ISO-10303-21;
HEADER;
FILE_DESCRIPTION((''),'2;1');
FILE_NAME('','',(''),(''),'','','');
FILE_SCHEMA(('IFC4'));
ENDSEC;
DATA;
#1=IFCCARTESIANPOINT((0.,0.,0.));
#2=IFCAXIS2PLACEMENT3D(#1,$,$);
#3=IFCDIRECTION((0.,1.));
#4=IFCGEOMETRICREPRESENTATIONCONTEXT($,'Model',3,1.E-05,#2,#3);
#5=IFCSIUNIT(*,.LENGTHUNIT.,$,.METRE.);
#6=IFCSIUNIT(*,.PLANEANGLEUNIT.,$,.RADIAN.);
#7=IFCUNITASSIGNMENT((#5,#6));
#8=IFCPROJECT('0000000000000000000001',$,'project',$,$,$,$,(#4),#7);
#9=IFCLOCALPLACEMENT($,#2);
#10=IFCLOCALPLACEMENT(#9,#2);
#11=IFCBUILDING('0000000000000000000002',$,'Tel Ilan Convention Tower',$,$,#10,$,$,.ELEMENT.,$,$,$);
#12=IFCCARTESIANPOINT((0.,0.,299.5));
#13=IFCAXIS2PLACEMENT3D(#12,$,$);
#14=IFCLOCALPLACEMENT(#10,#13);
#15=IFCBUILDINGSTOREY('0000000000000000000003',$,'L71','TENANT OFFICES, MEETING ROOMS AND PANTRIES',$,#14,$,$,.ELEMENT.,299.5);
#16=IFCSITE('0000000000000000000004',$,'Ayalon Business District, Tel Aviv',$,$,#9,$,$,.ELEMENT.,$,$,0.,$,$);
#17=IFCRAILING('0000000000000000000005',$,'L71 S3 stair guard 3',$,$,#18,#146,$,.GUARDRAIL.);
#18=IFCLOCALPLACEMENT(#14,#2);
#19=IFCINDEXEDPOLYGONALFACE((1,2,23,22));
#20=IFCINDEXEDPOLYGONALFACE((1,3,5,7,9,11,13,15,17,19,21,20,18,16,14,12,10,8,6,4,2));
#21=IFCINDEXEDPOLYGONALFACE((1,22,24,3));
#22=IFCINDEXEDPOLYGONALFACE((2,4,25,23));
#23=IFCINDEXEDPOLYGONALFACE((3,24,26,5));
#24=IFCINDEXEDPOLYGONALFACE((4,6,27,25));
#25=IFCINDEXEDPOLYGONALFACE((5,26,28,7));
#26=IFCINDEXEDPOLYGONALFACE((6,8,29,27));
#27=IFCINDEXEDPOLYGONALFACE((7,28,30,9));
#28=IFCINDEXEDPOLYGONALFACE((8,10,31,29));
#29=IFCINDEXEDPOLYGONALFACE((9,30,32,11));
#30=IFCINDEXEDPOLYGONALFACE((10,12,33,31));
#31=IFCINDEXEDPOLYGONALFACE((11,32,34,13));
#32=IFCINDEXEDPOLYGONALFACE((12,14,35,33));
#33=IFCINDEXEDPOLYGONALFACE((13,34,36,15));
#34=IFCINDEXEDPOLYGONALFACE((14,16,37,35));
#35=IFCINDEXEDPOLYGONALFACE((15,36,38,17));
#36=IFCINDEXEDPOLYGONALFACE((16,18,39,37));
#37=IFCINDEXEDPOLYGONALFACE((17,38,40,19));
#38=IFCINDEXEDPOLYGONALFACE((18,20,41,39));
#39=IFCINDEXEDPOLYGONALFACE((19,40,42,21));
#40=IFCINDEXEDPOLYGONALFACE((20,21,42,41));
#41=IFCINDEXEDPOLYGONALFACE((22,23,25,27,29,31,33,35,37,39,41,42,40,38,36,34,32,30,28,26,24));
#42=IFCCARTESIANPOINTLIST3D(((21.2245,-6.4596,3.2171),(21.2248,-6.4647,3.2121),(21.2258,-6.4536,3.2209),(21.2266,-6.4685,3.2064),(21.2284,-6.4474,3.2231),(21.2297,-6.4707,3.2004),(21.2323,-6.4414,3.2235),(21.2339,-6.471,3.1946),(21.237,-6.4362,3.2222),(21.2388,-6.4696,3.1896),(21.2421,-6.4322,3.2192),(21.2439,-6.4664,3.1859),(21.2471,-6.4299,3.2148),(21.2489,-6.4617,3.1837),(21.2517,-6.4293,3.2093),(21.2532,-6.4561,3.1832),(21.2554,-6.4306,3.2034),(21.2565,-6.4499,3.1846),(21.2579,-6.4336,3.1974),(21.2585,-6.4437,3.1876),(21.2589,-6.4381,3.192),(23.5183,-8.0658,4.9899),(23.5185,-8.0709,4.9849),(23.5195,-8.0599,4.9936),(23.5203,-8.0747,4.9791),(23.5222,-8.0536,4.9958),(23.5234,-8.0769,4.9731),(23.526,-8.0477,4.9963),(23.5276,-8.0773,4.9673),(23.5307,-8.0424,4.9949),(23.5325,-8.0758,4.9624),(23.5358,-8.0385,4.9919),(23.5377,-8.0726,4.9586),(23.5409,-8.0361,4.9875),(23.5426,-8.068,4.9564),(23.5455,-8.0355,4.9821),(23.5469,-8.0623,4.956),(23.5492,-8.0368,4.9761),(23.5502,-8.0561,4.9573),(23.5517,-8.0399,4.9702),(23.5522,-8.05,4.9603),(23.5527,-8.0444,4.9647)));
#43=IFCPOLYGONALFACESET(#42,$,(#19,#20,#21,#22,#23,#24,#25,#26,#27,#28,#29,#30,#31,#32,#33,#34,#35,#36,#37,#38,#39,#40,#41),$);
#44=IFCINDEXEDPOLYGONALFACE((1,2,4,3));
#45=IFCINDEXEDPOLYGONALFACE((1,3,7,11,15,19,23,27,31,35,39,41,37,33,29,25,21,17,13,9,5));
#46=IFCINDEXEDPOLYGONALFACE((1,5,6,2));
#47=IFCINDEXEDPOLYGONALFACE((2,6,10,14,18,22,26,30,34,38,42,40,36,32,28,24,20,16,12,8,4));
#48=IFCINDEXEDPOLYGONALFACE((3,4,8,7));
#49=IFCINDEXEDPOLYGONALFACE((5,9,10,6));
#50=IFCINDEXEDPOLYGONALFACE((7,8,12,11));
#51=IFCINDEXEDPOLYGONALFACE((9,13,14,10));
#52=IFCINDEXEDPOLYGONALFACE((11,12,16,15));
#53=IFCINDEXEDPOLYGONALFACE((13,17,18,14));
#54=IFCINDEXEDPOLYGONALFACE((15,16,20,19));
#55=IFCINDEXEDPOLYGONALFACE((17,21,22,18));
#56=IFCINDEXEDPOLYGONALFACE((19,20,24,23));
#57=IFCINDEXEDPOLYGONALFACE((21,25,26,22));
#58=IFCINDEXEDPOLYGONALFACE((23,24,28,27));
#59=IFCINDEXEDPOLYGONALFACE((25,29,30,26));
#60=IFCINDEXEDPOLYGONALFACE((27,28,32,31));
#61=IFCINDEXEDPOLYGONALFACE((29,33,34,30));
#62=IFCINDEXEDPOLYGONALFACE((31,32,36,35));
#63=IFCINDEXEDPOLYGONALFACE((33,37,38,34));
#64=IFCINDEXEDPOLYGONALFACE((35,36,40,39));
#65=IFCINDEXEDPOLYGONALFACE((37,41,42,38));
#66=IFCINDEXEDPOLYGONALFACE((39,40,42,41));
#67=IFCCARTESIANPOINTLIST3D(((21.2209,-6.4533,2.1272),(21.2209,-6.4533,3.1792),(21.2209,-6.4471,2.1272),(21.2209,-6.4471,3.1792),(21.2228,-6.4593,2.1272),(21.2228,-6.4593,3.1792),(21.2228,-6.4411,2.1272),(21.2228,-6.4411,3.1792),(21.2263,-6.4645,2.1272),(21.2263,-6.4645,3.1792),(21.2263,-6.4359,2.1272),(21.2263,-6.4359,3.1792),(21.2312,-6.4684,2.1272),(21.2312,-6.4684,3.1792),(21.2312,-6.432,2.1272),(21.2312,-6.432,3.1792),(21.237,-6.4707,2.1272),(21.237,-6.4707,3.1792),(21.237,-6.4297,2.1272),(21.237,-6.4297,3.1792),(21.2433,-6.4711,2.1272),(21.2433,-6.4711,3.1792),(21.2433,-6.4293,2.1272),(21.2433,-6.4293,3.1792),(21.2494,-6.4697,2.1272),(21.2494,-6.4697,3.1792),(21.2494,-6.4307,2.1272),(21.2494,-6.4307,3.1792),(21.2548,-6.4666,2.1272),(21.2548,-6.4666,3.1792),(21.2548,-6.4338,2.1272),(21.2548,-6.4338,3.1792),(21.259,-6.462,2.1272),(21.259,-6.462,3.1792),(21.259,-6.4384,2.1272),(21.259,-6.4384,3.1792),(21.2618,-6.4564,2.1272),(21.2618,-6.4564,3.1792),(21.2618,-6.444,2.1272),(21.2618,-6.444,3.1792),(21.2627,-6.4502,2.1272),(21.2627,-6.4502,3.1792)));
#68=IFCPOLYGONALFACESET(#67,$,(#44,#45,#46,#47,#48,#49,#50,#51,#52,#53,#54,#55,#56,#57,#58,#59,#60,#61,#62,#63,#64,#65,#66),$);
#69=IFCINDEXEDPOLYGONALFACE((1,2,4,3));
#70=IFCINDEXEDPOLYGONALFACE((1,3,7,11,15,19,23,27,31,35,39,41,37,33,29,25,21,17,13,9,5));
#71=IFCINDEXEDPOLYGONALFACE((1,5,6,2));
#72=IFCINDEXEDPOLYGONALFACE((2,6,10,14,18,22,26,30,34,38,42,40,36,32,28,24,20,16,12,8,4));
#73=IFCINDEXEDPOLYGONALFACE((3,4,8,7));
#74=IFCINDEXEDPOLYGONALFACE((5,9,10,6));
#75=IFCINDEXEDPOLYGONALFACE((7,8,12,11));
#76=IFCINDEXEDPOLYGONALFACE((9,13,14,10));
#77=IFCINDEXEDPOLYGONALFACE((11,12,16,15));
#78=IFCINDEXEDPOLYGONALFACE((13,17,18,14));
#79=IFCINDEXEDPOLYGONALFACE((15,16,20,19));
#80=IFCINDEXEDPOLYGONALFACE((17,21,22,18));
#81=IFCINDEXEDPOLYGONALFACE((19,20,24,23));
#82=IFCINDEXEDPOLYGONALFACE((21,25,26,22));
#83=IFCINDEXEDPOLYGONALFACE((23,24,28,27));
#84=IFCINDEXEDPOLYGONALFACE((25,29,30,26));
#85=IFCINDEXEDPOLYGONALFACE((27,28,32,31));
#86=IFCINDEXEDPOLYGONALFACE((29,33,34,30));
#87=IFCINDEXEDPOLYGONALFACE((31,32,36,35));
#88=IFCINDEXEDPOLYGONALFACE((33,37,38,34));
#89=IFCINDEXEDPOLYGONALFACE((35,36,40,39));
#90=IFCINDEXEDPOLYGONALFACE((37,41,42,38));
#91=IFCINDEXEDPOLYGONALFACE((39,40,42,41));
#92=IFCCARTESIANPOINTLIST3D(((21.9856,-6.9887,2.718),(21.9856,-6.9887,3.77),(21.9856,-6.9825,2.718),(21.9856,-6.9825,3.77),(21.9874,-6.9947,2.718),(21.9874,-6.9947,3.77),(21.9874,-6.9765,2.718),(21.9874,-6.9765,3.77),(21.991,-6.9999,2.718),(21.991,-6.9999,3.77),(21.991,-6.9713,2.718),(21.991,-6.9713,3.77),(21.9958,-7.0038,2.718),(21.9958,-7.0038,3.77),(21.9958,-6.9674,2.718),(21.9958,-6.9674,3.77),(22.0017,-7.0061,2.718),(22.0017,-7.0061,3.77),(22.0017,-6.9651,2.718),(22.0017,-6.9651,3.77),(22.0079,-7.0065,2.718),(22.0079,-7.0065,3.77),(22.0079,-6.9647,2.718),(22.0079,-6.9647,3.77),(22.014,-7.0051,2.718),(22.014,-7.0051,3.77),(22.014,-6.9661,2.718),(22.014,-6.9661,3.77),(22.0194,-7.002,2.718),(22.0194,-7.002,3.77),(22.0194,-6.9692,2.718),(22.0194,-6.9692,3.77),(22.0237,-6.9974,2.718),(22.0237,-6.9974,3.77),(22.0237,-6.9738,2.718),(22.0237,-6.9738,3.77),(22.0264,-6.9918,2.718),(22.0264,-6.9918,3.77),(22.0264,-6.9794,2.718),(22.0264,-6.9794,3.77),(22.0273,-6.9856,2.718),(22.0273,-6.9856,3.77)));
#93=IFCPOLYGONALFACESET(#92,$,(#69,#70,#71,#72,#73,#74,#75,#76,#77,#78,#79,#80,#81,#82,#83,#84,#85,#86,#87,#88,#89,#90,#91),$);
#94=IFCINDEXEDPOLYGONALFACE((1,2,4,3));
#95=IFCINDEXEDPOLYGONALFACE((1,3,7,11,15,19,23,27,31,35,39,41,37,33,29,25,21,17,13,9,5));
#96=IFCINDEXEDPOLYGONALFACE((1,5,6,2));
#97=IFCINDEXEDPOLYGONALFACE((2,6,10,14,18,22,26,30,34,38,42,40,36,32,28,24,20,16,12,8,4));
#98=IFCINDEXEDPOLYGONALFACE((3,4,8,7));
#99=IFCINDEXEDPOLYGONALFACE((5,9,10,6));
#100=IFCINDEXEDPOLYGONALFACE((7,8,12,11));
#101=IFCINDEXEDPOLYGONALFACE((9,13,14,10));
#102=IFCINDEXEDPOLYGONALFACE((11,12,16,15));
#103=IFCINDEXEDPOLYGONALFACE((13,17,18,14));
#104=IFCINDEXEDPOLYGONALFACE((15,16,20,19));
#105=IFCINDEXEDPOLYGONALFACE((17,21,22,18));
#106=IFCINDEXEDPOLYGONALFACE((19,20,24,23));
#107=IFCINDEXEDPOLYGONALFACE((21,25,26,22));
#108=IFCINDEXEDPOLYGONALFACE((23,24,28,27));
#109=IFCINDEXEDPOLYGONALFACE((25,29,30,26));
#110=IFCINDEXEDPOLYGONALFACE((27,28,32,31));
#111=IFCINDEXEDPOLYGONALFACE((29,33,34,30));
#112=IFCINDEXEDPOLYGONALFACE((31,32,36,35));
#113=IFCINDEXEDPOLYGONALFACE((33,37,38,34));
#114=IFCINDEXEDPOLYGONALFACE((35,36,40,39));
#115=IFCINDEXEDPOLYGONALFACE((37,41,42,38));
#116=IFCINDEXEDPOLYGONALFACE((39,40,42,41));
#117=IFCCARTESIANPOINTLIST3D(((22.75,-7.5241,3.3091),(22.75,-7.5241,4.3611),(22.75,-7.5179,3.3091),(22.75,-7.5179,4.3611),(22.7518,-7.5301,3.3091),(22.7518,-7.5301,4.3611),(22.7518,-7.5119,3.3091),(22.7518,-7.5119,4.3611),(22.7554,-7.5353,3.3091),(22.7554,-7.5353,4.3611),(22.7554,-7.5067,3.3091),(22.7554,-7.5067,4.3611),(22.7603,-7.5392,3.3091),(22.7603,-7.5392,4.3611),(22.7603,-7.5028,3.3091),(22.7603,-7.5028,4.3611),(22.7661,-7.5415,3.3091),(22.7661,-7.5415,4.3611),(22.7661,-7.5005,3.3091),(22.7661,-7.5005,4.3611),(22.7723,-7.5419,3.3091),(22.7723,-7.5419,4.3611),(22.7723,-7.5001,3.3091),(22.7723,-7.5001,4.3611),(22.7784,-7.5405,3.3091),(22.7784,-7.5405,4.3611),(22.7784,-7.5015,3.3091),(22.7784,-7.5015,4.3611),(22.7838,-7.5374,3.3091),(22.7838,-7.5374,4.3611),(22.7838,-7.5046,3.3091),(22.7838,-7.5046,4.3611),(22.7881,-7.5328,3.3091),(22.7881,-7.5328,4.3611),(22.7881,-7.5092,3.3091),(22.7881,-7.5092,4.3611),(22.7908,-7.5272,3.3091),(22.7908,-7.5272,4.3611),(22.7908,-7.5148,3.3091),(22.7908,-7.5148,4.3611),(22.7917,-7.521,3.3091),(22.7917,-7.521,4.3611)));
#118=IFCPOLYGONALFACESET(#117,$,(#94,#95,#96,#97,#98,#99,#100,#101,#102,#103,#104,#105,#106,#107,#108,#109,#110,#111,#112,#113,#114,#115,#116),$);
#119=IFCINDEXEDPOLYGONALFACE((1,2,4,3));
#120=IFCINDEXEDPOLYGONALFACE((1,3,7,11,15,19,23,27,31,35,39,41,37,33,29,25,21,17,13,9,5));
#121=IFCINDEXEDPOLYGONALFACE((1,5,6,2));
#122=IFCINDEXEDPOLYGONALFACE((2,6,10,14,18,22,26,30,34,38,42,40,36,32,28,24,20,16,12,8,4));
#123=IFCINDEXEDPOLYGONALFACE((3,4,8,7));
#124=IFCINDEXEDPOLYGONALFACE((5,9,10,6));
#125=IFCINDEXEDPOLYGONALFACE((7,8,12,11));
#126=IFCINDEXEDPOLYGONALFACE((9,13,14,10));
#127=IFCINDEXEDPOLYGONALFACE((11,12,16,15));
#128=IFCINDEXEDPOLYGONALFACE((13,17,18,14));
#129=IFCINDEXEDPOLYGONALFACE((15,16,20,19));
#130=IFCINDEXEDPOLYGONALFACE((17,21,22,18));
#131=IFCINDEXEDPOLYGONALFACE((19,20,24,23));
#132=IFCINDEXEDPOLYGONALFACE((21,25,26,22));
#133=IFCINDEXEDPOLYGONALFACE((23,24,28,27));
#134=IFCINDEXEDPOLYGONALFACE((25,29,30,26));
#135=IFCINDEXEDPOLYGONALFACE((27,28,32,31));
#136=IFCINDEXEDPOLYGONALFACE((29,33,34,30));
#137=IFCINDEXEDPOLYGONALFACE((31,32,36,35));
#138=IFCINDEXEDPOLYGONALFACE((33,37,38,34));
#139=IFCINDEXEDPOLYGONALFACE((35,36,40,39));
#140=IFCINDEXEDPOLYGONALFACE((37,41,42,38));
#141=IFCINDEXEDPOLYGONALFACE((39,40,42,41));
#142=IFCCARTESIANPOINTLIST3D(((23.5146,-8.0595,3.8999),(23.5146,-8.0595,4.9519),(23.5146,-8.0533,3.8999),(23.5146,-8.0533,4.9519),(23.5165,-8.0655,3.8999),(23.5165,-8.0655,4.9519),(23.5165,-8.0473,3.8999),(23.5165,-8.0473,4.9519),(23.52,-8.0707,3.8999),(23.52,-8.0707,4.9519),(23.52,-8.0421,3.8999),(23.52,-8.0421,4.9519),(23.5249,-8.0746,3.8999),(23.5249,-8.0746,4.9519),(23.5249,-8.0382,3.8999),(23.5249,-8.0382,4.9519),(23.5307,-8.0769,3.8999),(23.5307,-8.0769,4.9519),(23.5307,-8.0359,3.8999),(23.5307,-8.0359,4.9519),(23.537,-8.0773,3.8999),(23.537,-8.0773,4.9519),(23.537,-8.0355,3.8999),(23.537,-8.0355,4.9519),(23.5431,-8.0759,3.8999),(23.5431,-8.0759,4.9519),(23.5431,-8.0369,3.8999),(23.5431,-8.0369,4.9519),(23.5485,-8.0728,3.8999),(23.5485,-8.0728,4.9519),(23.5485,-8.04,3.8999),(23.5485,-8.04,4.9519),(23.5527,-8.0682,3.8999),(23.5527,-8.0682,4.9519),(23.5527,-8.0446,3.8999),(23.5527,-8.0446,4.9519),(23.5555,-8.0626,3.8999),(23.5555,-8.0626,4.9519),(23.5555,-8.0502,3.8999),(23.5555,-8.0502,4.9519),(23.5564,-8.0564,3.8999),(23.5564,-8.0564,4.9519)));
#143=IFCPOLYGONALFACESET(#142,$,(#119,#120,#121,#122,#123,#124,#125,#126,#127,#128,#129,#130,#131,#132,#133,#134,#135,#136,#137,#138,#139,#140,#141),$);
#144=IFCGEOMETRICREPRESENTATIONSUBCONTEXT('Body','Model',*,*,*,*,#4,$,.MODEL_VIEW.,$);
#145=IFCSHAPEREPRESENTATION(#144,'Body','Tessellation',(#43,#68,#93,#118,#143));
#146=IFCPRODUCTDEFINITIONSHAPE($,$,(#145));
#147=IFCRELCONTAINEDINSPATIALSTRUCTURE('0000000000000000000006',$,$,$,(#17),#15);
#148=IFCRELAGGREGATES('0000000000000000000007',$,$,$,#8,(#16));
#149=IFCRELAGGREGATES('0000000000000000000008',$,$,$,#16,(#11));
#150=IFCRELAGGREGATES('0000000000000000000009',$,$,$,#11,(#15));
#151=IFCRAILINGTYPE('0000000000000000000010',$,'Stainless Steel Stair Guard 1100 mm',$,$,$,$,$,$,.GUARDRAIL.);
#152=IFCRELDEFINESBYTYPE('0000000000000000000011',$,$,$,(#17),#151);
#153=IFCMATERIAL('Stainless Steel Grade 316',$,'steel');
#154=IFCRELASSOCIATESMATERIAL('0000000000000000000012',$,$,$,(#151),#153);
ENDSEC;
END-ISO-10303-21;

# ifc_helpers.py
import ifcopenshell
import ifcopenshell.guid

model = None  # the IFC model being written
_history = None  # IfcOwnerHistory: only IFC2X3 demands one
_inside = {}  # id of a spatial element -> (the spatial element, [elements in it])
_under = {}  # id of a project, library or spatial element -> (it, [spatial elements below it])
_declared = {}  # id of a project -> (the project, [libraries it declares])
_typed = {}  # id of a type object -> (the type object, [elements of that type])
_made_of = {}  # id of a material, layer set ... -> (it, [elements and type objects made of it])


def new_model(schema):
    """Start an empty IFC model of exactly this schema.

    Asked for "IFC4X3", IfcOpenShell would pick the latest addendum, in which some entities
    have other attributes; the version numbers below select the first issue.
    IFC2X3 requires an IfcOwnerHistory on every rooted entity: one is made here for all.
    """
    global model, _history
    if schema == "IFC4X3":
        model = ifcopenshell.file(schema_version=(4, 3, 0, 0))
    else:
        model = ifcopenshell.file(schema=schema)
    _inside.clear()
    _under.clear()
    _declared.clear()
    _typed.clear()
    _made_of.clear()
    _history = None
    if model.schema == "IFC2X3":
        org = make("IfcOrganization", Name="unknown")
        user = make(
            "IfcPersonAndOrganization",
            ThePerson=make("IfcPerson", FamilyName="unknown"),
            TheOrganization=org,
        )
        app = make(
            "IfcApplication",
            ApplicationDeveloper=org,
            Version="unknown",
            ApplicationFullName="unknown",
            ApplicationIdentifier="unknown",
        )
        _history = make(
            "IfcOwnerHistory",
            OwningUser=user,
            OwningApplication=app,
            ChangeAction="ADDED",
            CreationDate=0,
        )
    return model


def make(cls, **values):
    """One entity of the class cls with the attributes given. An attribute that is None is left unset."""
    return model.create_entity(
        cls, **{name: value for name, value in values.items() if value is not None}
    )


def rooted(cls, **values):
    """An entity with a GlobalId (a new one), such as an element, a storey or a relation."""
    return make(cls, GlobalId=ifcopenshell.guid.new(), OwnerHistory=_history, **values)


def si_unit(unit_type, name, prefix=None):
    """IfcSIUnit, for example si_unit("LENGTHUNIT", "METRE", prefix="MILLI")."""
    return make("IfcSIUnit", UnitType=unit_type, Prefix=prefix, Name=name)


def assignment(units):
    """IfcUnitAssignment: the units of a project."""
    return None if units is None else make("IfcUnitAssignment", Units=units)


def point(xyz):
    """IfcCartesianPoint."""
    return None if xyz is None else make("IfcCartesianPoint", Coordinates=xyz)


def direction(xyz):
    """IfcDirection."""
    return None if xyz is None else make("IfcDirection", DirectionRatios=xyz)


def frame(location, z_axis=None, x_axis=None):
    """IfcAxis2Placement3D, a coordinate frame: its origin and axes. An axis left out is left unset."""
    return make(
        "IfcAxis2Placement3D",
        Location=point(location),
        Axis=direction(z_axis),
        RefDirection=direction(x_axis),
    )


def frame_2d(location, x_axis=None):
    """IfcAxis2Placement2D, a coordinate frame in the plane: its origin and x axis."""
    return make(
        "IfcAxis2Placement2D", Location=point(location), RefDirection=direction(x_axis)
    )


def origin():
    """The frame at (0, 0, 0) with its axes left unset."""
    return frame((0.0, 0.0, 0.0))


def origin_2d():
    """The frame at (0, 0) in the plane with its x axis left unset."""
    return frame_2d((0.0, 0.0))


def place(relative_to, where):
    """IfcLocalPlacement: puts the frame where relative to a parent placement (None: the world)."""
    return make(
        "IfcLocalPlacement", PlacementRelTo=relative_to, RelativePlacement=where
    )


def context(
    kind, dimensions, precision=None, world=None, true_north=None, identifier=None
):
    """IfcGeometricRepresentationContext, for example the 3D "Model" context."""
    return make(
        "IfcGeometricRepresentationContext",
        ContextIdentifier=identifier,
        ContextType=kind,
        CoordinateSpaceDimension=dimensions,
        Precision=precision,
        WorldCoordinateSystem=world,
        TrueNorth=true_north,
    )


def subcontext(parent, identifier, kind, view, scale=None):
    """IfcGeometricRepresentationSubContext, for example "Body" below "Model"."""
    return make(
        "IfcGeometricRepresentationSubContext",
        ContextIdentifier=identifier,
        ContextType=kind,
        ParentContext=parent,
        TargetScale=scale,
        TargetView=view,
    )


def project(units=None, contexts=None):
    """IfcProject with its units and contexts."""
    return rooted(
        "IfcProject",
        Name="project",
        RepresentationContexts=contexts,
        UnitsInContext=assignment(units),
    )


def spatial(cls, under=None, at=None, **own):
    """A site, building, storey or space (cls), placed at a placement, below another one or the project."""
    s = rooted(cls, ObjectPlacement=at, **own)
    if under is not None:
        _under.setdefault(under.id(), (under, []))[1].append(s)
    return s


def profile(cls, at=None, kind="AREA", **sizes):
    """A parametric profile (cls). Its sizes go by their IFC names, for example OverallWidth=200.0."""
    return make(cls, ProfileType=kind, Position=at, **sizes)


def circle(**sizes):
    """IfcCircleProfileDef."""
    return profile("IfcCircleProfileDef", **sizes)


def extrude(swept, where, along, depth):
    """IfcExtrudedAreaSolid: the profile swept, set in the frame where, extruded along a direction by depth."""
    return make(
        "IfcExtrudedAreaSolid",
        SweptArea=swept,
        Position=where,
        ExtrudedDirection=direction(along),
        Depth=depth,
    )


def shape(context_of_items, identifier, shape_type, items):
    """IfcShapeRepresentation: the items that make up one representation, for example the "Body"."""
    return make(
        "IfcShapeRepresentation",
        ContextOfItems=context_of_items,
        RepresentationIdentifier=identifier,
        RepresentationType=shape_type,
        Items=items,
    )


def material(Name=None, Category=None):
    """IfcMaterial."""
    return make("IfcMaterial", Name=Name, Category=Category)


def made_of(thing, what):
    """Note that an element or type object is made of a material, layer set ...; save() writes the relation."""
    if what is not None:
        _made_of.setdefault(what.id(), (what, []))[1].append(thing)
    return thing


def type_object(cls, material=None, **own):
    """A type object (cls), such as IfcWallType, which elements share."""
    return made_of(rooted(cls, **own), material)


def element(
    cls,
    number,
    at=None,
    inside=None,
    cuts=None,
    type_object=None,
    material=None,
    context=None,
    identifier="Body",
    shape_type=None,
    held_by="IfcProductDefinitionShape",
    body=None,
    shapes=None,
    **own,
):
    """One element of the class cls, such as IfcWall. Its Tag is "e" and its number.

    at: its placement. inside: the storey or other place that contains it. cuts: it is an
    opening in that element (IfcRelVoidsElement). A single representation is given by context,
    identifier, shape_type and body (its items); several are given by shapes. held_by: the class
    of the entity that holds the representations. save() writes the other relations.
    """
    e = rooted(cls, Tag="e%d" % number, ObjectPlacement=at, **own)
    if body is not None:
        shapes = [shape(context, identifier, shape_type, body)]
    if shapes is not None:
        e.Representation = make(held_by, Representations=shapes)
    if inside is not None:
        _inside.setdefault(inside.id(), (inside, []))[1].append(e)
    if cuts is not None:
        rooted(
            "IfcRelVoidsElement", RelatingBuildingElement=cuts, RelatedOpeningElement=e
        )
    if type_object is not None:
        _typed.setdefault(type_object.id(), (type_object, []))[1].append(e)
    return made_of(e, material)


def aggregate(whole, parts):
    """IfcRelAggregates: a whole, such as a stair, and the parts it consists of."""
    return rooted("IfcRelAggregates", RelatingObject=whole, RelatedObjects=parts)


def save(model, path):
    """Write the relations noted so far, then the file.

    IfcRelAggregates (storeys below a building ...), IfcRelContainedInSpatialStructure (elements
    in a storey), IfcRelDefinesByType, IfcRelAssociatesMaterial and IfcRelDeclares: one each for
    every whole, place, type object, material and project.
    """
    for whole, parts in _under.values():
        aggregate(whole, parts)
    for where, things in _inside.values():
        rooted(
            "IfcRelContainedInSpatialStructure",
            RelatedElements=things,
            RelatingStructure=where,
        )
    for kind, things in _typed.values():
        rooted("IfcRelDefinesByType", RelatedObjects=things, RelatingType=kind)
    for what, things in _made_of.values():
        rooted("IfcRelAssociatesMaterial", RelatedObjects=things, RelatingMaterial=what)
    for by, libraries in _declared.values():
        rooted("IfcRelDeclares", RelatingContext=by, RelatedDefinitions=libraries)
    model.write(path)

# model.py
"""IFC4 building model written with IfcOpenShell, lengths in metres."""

from ifc_helpers import new_model, si_unit, direction, frame, origin, origin_2d, place, context, subcontext, project, spatial, circle, extrude, material, type_object, element, save


model = new_model("IFC4")

# Units and contexts
model_context = context("Model", 3, precision=1e-05, world=origin(), true_north=direction((0.0, 1.0)))
body_context = subcontext(model_context, "Body", "Model", "MODEL_VIEW")
ifc_project = project(units=[si_unit("LENGTHUNIT", "METRE"), si_unit("PLANEANGLEUNIT", "RADIAN")], contexts=[model_context])

# Site, building, storey
site_placement = place(None, origin())
site = spatial("IfcSite", under=ifc_project, at=site_placement, Name="Ayalon Business District, Tel Aviv", CompositionType="ELEMENT", RefElevation=0.0)
building_placement = place(site_placement, origin())
building = spatial("IfcBuilding", under=site, at=building_placement, Name="Tel Ilan Convention Tower", CompositionType="ELEMENT")
storey_placement = place(building_placement, frame((0.0, 0.0, 299.5)))
storey = spatial("IfcBuildingStorey", under=building, at=storey_placement, Name="L71", Description="TENANT OFFICES, MEETING ROOMS AND PANTRIES", CompositionType="ELEMENT", Elevation=299.5)

# Railing
ifc_material_1 = material(Name="Stainless Steel Grade 316", Category="steel")
railing_type_1 = type_object("IfcRailingType", Name="Stainless Steel Stair Guard 1100 mm", PredefinedType="GUARDRAIL", material=ifc_material_1)
railing_1_placement = place(storey_placement, frame((21.2417, -6.4502, 2.1272)))
element("IfcRailing", 1, at=railing_1_placement, inside=storey, type_object=railing_type_1, Name="L71 S3 stair guard 3", PredefinedType="GUARDRAIL", context=body_context, shape_type="SweptSolid", body=[
    extrude(circle(Radius=0.0239, at=origin_2d()), frame((0.0, 0.0, 1.0762), z_axis=(0.692098, -0.484653, 0.534894), x_axis=(0.573609, 0.81913, 0.0)), (0.0, 0.0, 1.0), 3.3142),
    extrude(circle(Radius=0.021, at=origin_2d()), origin(), (0.0, 0.0, 1.0), 1.052),
    extrude(circle(Radius=0.021, at=origin_2d()), frame((0.7646, -0.5354, 0.5908)), (0.0, 0.0, 1.0), 1.052),
    extrude(circle(Radius=0.021, at=origin_2d()), frame((1.5291, -1.0708, 1.1819)), (0.0, 0.0, 1.0), 1.052),
    extrude(circle(Radius=0.021, at=origin_2d()), frame((2.2937, -1.6062, 1.7727)), (0.0, 0.0, 1.0), 1.052),
])

save(model, "model.ifc")
